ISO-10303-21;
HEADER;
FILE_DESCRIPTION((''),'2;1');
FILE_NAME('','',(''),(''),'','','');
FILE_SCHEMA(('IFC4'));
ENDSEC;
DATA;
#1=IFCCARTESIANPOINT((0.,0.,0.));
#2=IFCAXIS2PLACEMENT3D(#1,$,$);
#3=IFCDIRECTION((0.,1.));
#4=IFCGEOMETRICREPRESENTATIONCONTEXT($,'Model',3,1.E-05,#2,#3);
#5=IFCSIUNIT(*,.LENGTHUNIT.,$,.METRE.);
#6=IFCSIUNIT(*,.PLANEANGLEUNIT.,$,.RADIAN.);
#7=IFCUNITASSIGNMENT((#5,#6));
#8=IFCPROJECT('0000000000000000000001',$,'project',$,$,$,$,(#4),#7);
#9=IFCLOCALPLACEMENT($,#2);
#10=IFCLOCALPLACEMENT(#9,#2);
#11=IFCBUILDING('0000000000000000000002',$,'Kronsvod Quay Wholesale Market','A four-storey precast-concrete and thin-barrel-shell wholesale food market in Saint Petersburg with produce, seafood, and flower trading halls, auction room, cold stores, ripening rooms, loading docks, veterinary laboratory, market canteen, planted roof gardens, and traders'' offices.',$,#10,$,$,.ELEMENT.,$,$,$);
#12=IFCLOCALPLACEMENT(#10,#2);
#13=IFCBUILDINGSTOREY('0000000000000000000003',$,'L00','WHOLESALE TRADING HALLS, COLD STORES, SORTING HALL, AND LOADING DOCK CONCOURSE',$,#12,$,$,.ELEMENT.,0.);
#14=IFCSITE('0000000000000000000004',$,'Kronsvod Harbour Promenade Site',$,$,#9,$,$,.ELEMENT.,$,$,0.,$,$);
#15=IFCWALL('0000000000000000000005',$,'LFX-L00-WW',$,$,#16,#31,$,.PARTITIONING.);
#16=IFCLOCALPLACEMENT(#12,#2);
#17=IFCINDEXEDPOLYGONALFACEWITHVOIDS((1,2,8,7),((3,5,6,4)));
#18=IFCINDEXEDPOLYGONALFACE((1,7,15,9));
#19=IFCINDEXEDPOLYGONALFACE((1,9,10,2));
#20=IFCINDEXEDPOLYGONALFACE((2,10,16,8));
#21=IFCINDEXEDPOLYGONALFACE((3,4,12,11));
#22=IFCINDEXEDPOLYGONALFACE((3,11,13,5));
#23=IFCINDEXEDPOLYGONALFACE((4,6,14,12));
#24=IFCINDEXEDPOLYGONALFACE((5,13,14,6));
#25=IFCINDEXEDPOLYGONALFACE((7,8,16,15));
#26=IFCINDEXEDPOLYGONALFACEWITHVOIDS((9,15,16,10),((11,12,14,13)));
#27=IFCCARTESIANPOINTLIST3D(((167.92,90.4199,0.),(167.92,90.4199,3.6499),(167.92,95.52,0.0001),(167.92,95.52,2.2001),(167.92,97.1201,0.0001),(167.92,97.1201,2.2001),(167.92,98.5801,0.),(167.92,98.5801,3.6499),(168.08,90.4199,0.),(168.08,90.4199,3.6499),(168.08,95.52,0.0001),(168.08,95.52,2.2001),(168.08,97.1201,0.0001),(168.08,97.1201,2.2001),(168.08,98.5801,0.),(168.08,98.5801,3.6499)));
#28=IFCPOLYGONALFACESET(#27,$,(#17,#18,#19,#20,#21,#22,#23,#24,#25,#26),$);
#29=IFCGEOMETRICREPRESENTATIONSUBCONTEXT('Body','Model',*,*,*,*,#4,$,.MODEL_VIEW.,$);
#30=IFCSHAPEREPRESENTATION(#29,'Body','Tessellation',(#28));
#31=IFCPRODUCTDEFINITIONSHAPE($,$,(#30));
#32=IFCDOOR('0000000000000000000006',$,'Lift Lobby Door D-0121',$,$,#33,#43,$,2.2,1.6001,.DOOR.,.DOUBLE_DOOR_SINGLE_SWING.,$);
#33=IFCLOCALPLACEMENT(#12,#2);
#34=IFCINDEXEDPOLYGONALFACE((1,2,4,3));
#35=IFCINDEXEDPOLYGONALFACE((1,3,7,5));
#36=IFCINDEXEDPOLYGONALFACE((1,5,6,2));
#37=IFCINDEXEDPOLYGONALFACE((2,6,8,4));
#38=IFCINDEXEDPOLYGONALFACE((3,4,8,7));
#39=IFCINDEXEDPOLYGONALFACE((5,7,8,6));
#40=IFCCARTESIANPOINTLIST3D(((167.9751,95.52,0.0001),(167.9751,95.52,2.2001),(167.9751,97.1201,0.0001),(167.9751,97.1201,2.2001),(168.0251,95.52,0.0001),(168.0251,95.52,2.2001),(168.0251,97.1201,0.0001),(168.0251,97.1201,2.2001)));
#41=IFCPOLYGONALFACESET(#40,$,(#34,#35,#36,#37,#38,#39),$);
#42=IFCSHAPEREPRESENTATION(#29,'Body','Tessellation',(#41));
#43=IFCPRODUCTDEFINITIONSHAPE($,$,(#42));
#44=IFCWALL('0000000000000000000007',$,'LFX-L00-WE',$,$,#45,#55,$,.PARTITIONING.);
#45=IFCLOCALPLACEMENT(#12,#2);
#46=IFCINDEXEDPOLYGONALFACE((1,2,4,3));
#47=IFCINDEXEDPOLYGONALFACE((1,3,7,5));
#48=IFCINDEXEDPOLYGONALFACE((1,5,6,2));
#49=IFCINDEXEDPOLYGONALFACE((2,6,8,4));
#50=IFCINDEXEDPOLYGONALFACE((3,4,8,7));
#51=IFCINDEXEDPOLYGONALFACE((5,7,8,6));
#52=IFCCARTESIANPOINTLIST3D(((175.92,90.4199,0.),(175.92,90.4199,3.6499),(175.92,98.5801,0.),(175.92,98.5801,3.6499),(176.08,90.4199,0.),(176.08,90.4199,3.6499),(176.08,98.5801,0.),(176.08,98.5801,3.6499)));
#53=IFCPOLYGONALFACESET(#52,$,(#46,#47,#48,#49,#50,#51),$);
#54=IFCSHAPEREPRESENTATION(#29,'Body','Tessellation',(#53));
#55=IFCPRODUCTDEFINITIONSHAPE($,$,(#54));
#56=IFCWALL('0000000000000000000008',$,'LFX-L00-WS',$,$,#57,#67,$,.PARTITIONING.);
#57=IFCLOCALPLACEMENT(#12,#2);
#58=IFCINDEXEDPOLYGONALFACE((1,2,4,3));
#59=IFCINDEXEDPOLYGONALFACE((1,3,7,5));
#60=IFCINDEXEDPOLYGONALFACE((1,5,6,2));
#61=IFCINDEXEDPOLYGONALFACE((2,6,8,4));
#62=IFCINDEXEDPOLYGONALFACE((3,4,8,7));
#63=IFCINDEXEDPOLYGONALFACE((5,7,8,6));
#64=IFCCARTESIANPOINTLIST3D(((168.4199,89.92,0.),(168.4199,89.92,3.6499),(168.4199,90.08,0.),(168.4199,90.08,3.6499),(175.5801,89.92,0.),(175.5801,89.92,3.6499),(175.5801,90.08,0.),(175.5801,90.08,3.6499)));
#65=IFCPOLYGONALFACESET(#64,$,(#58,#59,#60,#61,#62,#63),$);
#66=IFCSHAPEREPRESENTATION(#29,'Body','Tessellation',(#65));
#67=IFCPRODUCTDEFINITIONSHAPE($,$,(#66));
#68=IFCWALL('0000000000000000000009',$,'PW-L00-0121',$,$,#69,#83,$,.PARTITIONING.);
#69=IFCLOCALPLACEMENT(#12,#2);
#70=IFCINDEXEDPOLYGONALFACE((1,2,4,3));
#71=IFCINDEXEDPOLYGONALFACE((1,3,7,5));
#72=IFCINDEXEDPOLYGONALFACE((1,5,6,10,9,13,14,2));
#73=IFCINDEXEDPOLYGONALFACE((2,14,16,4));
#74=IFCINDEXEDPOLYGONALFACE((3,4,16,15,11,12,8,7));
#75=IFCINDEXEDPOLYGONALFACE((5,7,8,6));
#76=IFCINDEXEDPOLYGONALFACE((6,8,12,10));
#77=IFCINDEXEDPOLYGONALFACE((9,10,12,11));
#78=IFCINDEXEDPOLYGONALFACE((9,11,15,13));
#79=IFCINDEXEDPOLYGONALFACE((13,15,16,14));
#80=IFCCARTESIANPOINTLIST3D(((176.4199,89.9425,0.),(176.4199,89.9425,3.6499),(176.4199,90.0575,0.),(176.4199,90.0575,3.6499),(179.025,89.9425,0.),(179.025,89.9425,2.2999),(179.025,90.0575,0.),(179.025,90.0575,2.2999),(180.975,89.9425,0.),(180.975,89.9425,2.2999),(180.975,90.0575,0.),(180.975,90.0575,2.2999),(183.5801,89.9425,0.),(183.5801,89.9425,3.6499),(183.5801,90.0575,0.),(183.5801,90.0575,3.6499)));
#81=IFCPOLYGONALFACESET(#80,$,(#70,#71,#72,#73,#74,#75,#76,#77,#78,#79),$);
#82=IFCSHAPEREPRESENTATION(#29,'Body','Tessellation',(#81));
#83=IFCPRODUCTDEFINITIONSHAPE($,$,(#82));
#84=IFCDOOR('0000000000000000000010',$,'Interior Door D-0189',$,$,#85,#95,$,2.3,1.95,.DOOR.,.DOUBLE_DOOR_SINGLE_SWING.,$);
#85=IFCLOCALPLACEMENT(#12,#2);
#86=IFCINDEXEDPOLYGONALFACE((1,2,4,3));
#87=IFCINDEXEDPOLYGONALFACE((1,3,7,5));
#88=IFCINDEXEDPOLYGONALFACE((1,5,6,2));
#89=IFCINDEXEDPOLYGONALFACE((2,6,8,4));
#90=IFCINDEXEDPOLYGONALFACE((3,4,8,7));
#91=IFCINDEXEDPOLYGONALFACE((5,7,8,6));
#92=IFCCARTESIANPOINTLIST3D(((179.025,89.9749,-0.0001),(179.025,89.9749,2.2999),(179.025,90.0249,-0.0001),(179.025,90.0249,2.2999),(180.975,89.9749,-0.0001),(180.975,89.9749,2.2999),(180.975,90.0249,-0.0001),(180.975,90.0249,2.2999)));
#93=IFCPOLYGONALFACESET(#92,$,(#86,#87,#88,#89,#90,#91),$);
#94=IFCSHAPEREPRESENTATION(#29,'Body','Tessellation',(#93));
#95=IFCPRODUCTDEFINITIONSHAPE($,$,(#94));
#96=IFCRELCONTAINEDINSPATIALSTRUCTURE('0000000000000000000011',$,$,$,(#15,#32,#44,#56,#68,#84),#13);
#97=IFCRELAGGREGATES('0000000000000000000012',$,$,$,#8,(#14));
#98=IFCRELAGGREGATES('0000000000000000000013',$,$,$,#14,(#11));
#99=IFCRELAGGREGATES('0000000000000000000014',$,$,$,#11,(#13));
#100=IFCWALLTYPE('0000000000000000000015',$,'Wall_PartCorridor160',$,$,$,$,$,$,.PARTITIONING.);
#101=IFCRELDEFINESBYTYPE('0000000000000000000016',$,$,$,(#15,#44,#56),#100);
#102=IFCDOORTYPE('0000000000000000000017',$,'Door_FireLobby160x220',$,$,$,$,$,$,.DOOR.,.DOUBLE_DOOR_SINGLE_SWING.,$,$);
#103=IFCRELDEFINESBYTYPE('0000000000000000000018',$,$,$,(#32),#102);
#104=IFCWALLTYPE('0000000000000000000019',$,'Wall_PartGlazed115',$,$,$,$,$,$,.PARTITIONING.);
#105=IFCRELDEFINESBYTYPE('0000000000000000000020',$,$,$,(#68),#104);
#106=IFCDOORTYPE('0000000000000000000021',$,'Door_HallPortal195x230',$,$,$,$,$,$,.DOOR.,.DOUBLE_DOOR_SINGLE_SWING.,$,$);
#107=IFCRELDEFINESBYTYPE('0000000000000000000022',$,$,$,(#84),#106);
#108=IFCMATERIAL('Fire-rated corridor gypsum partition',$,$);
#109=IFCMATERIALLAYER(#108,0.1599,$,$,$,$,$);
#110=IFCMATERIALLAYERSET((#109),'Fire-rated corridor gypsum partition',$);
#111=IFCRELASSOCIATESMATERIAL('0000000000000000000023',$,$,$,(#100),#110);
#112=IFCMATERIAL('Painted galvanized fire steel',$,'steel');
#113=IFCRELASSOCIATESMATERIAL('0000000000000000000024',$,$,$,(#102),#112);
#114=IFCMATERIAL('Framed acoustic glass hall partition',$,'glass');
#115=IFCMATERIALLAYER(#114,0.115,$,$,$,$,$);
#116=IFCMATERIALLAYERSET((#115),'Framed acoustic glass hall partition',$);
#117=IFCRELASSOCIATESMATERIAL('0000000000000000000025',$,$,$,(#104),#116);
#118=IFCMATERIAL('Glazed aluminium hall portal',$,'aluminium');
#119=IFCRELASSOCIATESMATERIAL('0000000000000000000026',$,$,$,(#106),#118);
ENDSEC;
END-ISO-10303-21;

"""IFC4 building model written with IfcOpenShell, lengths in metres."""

from ifc_helpers import new_model, si_unit, direction, frame, frame_2d, origin, place, context, subcontext, project, spatial, rectangle, extrude, material, layer, layer_set, type_object, element, fill, save


model = new_model("IFC4")

# Units and contexts
model_context = context("Model", 3, precision=1e-05, world=origin(), true_north=direction((0.0, 1.0)))
body_context = subcontext(model_context, "Body", "Model", "MODEL_VIEW")
ifc_project = project(units=[si_unit("LENGTHUNIT", "METRE"), si_unit("PLANEANGLEUNIT", "RADIAN")], contexts=[model_context])

# Site, building, storey
site_placement = place(None, origin())
site = spatial("IfcSite", under=ifc_project, at=site_placement, Name="Kronsvod Harbour Promenade Site", CompositionType="ELEMENT", RefElevation=0.0)
building_placement = place(site_placement, origin())
building = spatial("IfcBuilding", under=site, at=building_placement, Name="Kronsvod Quay Wholesale Market", Description="A four-storey precast-concrete and thin-barrel-shell wholesale food market in Saint Petersburg with produce, seafood, and flower trading halls, auction room, cold stores, ripening rooms, loading docks, veterinary laboratory, market canteen, planted roof gardens, and traders' offices.", CompositionType="ELEMENT")
storey_placement = place(building_placement, origin())
storey = spatial("IfcBuildingStorey", under=building, at=storey_placement, Name="L00", Description="WHOLESALE TRADING HALLS, COLD STORES, SORTING HALL, AND LOADING DOCK CONCOURSE", CompositionType="ELEMENT", Elevation=0.0)

# Wall, opening, door
ifc_material_1 = material(Name="Fire-rated corridor gypsum partition")
ifc_layer_1 = layer(ifc_material_1, 0.1599)
ifc_layer_set_1 = layer_set([ifc_layer_1], Name="Fire-rated corridor gypsum partition")
wall_type_1 = type_object("IfcWallType", Name="Wall_PartCorridor160", PredefinedType="PARTITIONING", material=ifc_layer_set_1)
wall_1_placement = place(storey_placement, frame((168.0, 90.4199, 0.0), z_axis=(0.0, 0.0, 1.0), x_axis=(0.0, 1.0, 0.0)))
wall_1 = element("IfcWall", 1, at=wall_1_placement, inside=storey, type_object=wall_type_1, Name="LFX-L00-WW", PredefinedType="PARTITIONING", context=body_context, shape_type="SweptSolid", body=[
    extrude(rectangle(XDim=8.1602, YDim=0.1599, at=frame_2d((4.0801, 0.0))), origin(), (0.0, 0.0, 1.0), 3.6499),
])
opening_1_placement = place(wall_1_placement, frame((5.1001, 0.0, 0.0)))
opening_1 = element("IfcOpeningElement", 2, at=opening_1_placement, cuts=wall_1, PredefinedType="OPENING", context=body_context, shape_type="SweptSolid", body=[
    extrude(rectangle(XDim=1.6001, YDim=2.2, at=frame_2d((0.8, 1.1001))), frame((0.0, 0.0898, 0.0), z_axis=(0.0, -1.0, 0.0), x_axis=(1.0, 0.0, 0.0)), (0.0, 0.0, 1.0), 0.1799),
])
ifc_material_2 = material(Name="Painted galvanized fire steel", Category="steel")
door_type_1 = type_object("IfcDoorType", Name="Door_FireLobby160x220", OperationType="DOUBLE_DOOR_SINGLE_SWING", PredefinedType="DOOR", material=ifc_material_2)
door_1_placement = place(opening_1_placement, origin())
door_1 = element("IfcDoor", 3, at=door_1_placement, inside=storey, type_object=door_type_1, Name="Lift Lobby Door D-0121", OperationType="DOUBLE_DOOR_SINGLE_SWING", OverallHeight=2.2, OverallWidth=1.6001, PredefinedType="DOOR", context=body_context, shape_type="SweptSolid", body=[
    extrude(rectangle(XDim=1.6001, YDim=2.2, at=frame_2d((0.8, 1.1001))), frame((0.0, 0.0249, 0.0), z_axis=(0.0, -1.0, 0.0), x_axis=(1.0, 0.0, 0.0)), (0.0, 0.0, 1.0), 0.05),
])
fill(opening_1, door_1)

# Walls
wall_2_placement = place(storey_placement, frame((176.0, 90.4199, 0.0), z_axis=(0.0, 0.0, 1.0), x_axis=(0.0, 1.0, 0.0)))
element("IfcWall", 4, at=wall_2_placement, inside=storey, type_object=wall_type_1, Name="LFX-L00-WE", PredefinedType="PARTITIONING", context=body_context, shape_type="SweptSolid", body=[
    extrude(rectangle(XDim=8.1602, YDim=0.1599, at=frame_2d((4.0801, 0.0))), origin(), (0.0, 0.0, 1.0), 3.6499),
])
wall_3_placement = place(storey_placement, frame((168.4199, 90.0, 0.0), z_axis=(0.0, 0.0, 1.0), x_axis=(1.0, 0.0, 0.0)))
element("IfcWall", 5, at=wall_3_placement, inside=storey, type_object=wall_type_1, Name="LFX-L00-WS", PredefinedType="PARTITIONING", context=body_context, shape_type="SweptSolid", body=[
    extrude(rectangle(XDim=7.1602, YDim=0.1599, at=frame_2d((3.5801, 0.0))), origin(), (0.0, 0.0, 1.0), 3.6499),
])

# Wall, opening, door
ifc_material_3 = material(Name="Framed acoustic glass hall partition", Category="glass")
ifc_layer_2 = layer(ifc_material_3, 0.115)
ifc_layer_set_2 = layer_set([ifc_layer_2], Name="Framed acoustic glass hall partition")
wall_type_2 = type_object("IfcWallType", Name="Wall_PartGlazed115", PredefinedType="PARTITIONING", material=ifc_layer_set_2)
wall_4_placement = place(storey_placement, frame((176.4199, 90.0, 0.0), z_axis=(0.0, 0.0, 1.0), x_axis=(1.0, 0.0, 0.0)))
wall_4 = element("IfcWall", 6, at=wall_4_placement, inside=storey, type_object=wall_type_2, Name="PW-L00-0121", PredefinedType="PARTITIONING", context=body_context, shape_type="SweptSolid", body=[
    extrude(rectangle(XDim=7.1602, YDim=0.115, at=frame_2d((3.5801, 0.0))), origin(), (0.0, 0.0, 1.0), 3.6499),
])
opening_2_placement = place(wall_4_placement, frame((2.605, 0.0, 0.0)))
opening_2 = element("IfcOpeningElement", 7, at=opening_2_placement, cuts=wall_4, PredefinedType="OPENING", context=body_context, shape_type="SweptSolid", body=[
    extrude(rectangle(XDim=1.95, YDim=2.3, at=frame_2d((0.9751, 1.1499))), frame((0.0, 0.0674, 0.0), z_axis=(0.0, -1.0, 0.0), x_axis=(1.0, 0.0, 0.0)), (0.0, 0.0, 1.0), 0.135),
])
ifc_material_4 = material(Name="Glazed aluminium hall portal", Category="aluminium")
door_type_2 = type_object("IfcDoorType", Name="Door_HallPortal195x230", OperationType="DOUBLE_DOOR_SINGLE_SWING", PredefinedType="DOOR", material=ifc_material_4)
door_2_placement = place(opening_2_placement, origin())
door_2 = element("IfcDoor", 8, at=door_2_placement, inside=storey, type_object=door_type_2, Name="Interior Door D-0189", OperationType="DOUBLE_DOOR_SINGLE_SWING", OverallHeight=2.3, OverallWidth=1.95, PredefinedType="DOOR", context=body_context, shape_type="SweptSolid", body=[
    extrude(rectangle(XDim=1.95, YDim=2.3, at=frame_2d((0.9751, 1.1499))), frame((0.0, 0.0249, 0.0), z_axis=(0.0, -1.0, 0.0), x_axis=(1.0, 0.0, 0.0)), (0.0, 0.0, 1.0), 0.05),
])
fill(opening_2, door_2)

save(model, "model.ifc")
